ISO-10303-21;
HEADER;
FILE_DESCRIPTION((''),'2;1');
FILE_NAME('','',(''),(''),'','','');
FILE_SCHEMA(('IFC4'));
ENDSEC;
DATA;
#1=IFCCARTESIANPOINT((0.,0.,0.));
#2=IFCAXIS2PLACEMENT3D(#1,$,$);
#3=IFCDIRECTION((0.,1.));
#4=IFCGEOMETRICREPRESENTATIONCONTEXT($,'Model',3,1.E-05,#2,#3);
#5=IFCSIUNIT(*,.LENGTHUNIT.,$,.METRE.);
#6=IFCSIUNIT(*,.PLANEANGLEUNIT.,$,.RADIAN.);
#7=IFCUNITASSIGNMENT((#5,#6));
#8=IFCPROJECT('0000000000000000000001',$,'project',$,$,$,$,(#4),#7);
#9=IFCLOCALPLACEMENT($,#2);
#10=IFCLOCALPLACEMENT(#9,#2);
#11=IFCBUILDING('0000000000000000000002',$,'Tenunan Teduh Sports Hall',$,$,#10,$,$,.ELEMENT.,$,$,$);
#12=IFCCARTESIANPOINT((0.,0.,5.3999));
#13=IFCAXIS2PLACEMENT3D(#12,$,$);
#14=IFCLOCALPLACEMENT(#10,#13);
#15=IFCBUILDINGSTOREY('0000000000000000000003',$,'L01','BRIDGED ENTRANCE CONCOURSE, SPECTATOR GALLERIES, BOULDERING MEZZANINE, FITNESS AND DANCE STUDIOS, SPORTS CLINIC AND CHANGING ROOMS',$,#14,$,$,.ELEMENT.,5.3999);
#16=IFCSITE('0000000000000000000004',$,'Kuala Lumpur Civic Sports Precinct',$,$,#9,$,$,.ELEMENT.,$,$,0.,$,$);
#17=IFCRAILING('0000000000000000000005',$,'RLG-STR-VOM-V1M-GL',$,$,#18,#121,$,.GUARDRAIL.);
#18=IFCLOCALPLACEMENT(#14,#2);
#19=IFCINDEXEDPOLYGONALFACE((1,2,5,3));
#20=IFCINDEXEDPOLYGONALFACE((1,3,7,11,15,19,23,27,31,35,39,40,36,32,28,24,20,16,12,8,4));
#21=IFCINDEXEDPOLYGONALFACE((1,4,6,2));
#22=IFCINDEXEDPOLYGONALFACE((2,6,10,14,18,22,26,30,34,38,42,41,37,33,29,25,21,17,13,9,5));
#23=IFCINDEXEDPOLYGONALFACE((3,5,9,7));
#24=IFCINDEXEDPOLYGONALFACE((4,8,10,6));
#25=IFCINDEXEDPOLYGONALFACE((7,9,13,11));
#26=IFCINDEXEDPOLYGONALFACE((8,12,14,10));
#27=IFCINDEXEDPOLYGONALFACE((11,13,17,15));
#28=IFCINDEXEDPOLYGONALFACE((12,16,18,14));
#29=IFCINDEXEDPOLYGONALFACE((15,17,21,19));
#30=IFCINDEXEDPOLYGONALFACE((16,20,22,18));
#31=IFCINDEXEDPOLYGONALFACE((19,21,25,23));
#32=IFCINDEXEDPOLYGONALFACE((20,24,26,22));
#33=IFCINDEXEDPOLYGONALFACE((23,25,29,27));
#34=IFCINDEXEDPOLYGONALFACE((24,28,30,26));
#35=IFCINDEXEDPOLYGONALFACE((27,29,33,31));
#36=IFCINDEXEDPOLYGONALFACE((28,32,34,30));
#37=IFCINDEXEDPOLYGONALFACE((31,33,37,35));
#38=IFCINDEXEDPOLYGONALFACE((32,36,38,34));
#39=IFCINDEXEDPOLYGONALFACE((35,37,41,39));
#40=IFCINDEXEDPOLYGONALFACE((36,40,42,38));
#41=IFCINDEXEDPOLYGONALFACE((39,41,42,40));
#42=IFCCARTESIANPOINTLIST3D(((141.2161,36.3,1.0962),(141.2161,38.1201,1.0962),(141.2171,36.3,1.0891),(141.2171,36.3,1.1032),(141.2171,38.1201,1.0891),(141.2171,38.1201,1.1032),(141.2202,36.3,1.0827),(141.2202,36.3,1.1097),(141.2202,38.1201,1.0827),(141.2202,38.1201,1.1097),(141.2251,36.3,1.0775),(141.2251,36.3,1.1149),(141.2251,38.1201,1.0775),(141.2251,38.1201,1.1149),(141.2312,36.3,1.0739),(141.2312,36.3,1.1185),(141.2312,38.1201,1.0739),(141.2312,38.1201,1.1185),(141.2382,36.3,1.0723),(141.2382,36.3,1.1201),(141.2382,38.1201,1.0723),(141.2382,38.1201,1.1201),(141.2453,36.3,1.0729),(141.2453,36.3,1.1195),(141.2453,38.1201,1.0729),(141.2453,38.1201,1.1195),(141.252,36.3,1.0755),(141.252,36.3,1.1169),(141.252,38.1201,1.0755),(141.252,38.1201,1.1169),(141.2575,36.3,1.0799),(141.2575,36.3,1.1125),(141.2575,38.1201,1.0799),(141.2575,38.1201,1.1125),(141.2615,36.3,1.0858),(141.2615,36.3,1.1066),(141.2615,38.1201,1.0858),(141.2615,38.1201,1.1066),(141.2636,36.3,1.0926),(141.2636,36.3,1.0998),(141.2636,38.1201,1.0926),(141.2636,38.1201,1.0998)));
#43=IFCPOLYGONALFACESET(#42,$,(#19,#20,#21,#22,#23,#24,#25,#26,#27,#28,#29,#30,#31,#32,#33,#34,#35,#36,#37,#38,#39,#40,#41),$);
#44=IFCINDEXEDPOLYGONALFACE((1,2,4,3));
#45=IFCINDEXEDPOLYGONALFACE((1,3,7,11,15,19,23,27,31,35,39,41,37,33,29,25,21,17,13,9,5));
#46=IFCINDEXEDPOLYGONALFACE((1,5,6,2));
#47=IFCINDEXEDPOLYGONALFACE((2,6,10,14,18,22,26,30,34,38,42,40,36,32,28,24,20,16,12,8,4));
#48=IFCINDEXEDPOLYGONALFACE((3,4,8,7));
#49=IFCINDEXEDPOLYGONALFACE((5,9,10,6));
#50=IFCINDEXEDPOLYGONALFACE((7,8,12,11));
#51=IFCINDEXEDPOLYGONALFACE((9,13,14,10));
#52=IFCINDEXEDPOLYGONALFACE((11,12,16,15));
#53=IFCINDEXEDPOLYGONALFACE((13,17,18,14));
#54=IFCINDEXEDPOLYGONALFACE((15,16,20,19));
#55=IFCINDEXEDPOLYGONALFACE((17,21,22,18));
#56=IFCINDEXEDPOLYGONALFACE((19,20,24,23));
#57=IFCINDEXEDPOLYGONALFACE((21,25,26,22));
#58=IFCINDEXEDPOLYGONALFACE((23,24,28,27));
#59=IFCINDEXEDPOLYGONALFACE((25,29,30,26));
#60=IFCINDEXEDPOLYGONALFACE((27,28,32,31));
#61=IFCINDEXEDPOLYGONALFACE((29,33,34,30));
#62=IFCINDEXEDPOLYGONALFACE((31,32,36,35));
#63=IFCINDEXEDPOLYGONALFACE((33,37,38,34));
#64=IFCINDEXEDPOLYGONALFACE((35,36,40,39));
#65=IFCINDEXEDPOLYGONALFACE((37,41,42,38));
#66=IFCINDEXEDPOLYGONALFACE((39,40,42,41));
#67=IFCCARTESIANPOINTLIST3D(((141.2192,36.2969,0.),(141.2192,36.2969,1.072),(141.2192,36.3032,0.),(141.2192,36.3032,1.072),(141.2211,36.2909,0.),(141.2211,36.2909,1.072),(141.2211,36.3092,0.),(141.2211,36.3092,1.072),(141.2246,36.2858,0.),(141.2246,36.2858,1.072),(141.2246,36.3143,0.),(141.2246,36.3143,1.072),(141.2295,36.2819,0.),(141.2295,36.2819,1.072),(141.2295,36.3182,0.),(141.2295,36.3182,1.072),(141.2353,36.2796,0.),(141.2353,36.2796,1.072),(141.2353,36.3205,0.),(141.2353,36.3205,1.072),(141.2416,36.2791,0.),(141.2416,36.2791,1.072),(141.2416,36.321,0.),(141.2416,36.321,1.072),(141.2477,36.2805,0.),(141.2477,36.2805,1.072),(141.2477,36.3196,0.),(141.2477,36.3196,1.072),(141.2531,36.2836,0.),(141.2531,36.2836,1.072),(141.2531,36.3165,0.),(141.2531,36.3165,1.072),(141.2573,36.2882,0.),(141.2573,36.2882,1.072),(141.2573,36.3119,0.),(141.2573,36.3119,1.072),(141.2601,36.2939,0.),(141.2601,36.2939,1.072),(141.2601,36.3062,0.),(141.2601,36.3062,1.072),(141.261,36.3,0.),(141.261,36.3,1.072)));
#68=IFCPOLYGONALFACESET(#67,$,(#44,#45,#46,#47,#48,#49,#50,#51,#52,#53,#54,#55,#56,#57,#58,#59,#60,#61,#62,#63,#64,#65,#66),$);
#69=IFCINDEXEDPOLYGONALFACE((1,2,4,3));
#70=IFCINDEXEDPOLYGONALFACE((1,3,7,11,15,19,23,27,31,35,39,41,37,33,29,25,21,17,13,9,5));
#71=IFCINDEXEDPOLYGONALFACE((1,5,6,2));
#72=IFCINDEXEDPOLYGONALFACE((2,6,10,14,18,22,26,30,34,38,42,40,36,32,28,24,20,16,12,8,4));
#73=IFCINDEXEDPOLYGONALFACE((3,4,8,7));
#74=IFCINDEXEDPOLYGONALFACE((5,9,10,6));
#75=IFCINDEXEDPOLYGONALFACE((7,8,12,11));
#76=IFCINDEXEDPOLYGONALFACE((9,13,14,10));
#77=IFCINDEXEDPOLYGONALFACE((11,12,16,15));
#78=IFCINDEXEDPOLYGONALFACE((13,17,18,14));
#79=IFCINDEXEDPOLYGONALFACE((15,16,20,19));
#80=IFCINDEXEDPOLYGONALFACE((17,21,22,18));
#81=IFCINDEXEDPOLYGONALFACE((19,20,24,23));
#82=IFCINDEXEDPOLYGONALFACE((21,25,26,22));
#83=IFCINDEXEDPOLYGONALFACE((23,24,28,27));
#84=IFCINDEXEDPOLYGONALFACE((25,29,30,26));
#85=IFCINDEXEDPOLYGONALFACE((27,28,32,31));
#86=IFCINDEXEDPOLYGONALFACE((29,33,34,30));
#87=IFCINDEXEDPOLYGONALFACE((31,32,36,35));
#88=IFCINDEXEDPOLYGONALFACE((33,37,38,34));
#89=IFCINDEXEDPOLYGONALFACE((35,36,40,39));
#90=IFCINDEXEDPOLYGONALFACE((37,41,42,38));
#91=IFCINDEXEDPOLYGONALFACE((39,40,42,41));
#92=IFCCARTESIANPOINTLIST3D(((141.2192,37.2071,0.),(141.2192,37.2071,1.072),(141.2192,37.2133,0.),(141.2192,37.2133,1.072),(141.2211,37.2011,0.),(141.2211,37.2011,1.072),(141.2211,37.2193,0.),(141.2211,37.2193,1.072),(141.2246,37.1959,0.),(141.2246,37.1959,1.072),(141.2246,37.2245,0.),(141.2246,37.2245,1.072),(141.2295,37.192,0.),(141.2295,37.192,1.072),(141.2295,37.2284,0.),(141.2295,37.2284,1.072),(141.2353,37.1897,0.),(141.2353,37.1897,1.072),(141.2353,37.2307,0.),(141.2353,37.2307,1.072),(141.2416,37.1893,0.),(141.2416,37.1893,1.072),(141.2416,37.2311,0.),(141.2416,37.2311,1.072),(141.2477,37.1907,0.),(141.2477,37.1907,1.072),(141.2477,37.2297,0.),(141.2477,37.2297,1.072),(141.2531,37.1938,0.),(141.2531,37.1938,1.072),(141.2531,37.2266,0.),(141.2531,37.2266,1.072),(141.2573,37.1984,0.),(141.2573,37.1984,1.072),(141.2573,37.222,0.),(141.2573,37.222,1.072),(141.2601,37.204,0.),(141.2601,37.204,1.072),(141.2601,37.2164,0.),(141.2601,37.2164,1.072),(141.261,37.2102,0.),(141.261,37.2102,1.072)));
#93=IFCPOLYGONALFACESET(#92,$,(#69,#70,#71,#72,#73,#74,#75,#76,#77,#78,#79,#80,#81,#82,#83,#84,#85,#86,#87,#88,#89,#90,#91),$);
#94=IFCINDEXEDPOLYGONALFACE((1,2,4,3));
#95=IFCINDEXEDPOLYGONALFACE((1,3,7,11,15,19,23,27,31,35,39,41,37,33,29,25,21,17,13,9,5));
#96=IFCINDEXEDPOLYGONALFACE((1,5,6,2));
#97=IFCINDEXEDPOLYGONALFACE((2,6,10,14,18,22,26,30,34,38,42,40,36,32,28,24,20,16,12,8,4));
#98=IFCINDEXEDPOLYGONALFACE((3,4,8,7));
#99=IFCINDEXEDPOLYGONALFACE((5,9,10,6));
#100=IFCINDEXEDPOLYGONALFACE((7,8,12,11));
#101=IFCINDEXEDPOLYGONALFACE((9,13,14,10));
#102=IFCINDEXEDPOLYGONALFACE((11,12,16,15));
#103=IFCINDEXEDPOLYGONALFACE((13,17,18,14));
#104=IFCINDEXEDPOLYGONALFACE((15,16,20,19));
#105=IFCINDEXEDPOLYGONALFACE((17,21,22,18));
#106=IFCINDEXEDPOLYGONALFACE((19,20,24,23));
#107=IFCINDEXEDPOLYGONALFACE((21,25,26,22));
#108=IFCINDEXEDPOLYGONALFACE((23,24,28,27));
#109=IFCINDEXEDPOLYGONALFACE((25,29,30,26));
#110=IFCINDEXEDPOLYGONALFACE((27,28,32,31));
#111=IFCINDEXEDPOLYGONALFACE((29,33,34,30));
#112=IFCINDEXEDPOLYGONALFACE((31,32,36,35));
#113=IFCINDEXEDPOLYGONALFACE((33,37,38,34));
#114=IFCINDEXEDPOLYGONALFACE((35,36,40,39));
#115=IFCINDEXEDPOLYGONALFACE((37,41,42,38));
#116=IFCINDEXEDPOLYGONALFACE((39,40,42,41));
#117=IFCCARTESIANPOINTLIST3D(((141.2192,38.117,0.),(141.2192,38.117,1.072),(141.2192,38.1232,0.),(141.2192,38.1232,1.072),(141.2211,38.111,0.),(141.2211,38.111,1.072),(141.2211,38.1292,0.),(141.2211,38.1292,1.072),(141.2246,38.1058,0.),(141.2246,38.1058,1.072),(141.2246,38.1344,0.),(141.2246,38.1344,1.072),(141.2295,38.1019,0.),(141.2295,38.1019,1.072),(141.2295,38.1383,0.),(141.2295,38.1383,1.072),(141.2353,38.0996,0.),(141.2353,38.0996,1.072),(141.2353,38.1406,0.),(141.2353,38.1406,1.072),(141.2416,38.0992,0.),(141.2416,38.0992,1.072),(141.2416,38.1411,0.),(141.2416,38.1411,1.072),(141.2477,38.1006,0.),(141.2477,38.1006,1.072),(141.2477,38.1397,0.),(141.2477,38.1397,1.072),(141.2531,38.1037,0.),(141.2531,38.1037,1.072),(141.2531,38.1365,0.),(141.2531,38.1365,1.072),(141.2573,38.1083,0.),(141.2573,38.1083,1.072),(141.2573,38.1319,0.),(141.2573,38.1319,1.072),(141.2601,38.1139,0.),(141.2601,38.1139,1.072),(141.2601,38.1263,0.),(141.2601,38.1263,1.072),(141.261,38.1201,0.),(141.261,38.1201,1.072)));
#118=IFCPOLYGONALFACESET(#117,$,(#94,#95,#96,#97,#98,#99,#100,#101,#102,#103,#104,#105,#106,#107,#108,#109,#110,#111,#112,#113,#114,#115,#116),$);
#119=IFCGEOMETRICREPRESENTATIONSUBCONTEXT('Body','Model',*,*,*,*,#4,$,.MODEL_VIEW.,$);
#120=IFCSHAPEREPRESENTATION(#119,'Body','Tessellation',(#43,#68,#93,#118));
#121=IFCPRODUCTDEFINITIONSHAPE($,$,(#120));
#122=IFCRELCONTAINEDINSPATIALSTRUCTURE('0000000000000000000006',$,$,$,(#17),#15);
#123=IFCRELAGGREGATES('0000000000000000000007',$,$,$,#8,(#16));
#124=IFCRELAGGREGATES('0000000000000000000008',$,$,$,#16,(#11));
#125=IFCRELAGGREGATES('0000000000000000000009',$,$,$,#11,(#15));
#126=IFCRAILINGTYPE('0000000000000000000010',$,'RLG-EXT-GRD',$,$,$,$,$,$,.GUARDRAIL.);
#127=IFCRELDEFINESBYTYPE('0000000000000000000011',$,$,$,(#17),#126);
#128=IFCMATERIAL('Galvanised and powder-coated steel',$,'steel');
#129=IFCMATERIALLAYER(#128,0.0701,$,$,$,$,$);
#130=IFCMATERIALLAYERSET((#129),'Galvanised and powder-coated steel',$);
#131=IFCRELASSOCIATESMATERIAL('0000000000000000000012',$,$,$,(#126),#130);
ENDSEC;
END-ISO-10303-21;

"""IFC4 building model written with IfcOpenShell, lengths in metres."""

from ifc_helpers import new_model, si_unit, direction, frame, origin, origin_2d, place, context, subcontext, project, spatial, circle, extrude, material, layer, layer_set, type_object, element, save


model = new_model("IFC4")

# Units and contexts
model_context = context("Model", 3, precision=1e-05, world=origin(), true_north=direction((0.0, 1.0)))
body_context = subcontext(model_context, "Body", "Model", "MODEL_VIEW")
ifc_project = project(units=[si_unit("LENGTHUNIT", "METRE"), si_unit("PLANEANGLEUNIT", "RADIAN")], contexts=[model_context])

# Site, building, storey
site_placement = place(None, origin())
site = spatial("IfcSite", under=ifc_project, at=site_placement, Name="Kuala Lumpur Civic Sports Precinct", CompositionType="ELEMENT", RefElevation=0.0)
building_placement = place(site_placement, origin())
building = spatial("IfcBuilding", under=site, at=building_placement, Name="Tenunan Teduh Sports Hall", CompositionType="ELEMENT")
storey_placement = place(building_placement, frame((0.0, 0.0, 5.3999)))
storey = spatial("IfcBuildingStorey", under=building, at=storey_placement, Name="L01", Description="BRIDGED ENTRANCE CONCOURSE, SPECTATOR GALLERIES, BOULDERING MEZZANINE, FITNESS AND DANCE STUDIOS, SPORTS CLINIC AND CHANGING ROOMS", CompositionType="ELEMENT", Elevation=5.3999)

# Railing
ifc_material_1 = material(Name="Galvanised and powder-coated steel", Category="steel")
ifc_layer_1 = layer(ifc_material_1, 0.0701)
ifc_layer_set_1 = layer_set([ifc_layer_1], Name="Galvanised and powder-coated steel")
railing_type_1 = type_object("IfcRailingType", Name="RLG-EXT-GRD", PredefinedType="GUARDRAIL", material=ifc_layer_set_1)
for number, where, name in (
    (1, (141.24, 36.3, 0.0), "RLG-STR-VOM-V1M-GL"),
):
    element("IfcRailing", number, at=place(storey_placement, frame(where)), inside=storey, type_object=railing_type_1, Name=name, PredefinedType="GUARDRAIL", context=body_context, shape_type="SweptSolid", body=[
        extrude(circle(Radius=0.0239, at=origin_2d()), frame((0.0, 0.0, 1.0962), z_axis=(0.0, 1.0, 0.0), x_axis=(-1.0, 0.0, 0.0)), (0.0, 0.0, 1.0), 1.8201),
        extrude(circle(Radius=0.021, at=origin_2d()), origin(), (0.0, 0.0, 1.0), 1.072),
        extrude(circle(Radius=0.021, at=origin_2d()), frame((0.0, 0.9102, 0.0)), (0.0, 0.0, 1.0), 1.072),
        extrude(circle(Radius=0.021, at=origin_2d()), frame((0.0, 1.8201, 0.0)), (0.0, 0.0, 1.0), 1.072),
    ])

save(model, "model.ifc")
